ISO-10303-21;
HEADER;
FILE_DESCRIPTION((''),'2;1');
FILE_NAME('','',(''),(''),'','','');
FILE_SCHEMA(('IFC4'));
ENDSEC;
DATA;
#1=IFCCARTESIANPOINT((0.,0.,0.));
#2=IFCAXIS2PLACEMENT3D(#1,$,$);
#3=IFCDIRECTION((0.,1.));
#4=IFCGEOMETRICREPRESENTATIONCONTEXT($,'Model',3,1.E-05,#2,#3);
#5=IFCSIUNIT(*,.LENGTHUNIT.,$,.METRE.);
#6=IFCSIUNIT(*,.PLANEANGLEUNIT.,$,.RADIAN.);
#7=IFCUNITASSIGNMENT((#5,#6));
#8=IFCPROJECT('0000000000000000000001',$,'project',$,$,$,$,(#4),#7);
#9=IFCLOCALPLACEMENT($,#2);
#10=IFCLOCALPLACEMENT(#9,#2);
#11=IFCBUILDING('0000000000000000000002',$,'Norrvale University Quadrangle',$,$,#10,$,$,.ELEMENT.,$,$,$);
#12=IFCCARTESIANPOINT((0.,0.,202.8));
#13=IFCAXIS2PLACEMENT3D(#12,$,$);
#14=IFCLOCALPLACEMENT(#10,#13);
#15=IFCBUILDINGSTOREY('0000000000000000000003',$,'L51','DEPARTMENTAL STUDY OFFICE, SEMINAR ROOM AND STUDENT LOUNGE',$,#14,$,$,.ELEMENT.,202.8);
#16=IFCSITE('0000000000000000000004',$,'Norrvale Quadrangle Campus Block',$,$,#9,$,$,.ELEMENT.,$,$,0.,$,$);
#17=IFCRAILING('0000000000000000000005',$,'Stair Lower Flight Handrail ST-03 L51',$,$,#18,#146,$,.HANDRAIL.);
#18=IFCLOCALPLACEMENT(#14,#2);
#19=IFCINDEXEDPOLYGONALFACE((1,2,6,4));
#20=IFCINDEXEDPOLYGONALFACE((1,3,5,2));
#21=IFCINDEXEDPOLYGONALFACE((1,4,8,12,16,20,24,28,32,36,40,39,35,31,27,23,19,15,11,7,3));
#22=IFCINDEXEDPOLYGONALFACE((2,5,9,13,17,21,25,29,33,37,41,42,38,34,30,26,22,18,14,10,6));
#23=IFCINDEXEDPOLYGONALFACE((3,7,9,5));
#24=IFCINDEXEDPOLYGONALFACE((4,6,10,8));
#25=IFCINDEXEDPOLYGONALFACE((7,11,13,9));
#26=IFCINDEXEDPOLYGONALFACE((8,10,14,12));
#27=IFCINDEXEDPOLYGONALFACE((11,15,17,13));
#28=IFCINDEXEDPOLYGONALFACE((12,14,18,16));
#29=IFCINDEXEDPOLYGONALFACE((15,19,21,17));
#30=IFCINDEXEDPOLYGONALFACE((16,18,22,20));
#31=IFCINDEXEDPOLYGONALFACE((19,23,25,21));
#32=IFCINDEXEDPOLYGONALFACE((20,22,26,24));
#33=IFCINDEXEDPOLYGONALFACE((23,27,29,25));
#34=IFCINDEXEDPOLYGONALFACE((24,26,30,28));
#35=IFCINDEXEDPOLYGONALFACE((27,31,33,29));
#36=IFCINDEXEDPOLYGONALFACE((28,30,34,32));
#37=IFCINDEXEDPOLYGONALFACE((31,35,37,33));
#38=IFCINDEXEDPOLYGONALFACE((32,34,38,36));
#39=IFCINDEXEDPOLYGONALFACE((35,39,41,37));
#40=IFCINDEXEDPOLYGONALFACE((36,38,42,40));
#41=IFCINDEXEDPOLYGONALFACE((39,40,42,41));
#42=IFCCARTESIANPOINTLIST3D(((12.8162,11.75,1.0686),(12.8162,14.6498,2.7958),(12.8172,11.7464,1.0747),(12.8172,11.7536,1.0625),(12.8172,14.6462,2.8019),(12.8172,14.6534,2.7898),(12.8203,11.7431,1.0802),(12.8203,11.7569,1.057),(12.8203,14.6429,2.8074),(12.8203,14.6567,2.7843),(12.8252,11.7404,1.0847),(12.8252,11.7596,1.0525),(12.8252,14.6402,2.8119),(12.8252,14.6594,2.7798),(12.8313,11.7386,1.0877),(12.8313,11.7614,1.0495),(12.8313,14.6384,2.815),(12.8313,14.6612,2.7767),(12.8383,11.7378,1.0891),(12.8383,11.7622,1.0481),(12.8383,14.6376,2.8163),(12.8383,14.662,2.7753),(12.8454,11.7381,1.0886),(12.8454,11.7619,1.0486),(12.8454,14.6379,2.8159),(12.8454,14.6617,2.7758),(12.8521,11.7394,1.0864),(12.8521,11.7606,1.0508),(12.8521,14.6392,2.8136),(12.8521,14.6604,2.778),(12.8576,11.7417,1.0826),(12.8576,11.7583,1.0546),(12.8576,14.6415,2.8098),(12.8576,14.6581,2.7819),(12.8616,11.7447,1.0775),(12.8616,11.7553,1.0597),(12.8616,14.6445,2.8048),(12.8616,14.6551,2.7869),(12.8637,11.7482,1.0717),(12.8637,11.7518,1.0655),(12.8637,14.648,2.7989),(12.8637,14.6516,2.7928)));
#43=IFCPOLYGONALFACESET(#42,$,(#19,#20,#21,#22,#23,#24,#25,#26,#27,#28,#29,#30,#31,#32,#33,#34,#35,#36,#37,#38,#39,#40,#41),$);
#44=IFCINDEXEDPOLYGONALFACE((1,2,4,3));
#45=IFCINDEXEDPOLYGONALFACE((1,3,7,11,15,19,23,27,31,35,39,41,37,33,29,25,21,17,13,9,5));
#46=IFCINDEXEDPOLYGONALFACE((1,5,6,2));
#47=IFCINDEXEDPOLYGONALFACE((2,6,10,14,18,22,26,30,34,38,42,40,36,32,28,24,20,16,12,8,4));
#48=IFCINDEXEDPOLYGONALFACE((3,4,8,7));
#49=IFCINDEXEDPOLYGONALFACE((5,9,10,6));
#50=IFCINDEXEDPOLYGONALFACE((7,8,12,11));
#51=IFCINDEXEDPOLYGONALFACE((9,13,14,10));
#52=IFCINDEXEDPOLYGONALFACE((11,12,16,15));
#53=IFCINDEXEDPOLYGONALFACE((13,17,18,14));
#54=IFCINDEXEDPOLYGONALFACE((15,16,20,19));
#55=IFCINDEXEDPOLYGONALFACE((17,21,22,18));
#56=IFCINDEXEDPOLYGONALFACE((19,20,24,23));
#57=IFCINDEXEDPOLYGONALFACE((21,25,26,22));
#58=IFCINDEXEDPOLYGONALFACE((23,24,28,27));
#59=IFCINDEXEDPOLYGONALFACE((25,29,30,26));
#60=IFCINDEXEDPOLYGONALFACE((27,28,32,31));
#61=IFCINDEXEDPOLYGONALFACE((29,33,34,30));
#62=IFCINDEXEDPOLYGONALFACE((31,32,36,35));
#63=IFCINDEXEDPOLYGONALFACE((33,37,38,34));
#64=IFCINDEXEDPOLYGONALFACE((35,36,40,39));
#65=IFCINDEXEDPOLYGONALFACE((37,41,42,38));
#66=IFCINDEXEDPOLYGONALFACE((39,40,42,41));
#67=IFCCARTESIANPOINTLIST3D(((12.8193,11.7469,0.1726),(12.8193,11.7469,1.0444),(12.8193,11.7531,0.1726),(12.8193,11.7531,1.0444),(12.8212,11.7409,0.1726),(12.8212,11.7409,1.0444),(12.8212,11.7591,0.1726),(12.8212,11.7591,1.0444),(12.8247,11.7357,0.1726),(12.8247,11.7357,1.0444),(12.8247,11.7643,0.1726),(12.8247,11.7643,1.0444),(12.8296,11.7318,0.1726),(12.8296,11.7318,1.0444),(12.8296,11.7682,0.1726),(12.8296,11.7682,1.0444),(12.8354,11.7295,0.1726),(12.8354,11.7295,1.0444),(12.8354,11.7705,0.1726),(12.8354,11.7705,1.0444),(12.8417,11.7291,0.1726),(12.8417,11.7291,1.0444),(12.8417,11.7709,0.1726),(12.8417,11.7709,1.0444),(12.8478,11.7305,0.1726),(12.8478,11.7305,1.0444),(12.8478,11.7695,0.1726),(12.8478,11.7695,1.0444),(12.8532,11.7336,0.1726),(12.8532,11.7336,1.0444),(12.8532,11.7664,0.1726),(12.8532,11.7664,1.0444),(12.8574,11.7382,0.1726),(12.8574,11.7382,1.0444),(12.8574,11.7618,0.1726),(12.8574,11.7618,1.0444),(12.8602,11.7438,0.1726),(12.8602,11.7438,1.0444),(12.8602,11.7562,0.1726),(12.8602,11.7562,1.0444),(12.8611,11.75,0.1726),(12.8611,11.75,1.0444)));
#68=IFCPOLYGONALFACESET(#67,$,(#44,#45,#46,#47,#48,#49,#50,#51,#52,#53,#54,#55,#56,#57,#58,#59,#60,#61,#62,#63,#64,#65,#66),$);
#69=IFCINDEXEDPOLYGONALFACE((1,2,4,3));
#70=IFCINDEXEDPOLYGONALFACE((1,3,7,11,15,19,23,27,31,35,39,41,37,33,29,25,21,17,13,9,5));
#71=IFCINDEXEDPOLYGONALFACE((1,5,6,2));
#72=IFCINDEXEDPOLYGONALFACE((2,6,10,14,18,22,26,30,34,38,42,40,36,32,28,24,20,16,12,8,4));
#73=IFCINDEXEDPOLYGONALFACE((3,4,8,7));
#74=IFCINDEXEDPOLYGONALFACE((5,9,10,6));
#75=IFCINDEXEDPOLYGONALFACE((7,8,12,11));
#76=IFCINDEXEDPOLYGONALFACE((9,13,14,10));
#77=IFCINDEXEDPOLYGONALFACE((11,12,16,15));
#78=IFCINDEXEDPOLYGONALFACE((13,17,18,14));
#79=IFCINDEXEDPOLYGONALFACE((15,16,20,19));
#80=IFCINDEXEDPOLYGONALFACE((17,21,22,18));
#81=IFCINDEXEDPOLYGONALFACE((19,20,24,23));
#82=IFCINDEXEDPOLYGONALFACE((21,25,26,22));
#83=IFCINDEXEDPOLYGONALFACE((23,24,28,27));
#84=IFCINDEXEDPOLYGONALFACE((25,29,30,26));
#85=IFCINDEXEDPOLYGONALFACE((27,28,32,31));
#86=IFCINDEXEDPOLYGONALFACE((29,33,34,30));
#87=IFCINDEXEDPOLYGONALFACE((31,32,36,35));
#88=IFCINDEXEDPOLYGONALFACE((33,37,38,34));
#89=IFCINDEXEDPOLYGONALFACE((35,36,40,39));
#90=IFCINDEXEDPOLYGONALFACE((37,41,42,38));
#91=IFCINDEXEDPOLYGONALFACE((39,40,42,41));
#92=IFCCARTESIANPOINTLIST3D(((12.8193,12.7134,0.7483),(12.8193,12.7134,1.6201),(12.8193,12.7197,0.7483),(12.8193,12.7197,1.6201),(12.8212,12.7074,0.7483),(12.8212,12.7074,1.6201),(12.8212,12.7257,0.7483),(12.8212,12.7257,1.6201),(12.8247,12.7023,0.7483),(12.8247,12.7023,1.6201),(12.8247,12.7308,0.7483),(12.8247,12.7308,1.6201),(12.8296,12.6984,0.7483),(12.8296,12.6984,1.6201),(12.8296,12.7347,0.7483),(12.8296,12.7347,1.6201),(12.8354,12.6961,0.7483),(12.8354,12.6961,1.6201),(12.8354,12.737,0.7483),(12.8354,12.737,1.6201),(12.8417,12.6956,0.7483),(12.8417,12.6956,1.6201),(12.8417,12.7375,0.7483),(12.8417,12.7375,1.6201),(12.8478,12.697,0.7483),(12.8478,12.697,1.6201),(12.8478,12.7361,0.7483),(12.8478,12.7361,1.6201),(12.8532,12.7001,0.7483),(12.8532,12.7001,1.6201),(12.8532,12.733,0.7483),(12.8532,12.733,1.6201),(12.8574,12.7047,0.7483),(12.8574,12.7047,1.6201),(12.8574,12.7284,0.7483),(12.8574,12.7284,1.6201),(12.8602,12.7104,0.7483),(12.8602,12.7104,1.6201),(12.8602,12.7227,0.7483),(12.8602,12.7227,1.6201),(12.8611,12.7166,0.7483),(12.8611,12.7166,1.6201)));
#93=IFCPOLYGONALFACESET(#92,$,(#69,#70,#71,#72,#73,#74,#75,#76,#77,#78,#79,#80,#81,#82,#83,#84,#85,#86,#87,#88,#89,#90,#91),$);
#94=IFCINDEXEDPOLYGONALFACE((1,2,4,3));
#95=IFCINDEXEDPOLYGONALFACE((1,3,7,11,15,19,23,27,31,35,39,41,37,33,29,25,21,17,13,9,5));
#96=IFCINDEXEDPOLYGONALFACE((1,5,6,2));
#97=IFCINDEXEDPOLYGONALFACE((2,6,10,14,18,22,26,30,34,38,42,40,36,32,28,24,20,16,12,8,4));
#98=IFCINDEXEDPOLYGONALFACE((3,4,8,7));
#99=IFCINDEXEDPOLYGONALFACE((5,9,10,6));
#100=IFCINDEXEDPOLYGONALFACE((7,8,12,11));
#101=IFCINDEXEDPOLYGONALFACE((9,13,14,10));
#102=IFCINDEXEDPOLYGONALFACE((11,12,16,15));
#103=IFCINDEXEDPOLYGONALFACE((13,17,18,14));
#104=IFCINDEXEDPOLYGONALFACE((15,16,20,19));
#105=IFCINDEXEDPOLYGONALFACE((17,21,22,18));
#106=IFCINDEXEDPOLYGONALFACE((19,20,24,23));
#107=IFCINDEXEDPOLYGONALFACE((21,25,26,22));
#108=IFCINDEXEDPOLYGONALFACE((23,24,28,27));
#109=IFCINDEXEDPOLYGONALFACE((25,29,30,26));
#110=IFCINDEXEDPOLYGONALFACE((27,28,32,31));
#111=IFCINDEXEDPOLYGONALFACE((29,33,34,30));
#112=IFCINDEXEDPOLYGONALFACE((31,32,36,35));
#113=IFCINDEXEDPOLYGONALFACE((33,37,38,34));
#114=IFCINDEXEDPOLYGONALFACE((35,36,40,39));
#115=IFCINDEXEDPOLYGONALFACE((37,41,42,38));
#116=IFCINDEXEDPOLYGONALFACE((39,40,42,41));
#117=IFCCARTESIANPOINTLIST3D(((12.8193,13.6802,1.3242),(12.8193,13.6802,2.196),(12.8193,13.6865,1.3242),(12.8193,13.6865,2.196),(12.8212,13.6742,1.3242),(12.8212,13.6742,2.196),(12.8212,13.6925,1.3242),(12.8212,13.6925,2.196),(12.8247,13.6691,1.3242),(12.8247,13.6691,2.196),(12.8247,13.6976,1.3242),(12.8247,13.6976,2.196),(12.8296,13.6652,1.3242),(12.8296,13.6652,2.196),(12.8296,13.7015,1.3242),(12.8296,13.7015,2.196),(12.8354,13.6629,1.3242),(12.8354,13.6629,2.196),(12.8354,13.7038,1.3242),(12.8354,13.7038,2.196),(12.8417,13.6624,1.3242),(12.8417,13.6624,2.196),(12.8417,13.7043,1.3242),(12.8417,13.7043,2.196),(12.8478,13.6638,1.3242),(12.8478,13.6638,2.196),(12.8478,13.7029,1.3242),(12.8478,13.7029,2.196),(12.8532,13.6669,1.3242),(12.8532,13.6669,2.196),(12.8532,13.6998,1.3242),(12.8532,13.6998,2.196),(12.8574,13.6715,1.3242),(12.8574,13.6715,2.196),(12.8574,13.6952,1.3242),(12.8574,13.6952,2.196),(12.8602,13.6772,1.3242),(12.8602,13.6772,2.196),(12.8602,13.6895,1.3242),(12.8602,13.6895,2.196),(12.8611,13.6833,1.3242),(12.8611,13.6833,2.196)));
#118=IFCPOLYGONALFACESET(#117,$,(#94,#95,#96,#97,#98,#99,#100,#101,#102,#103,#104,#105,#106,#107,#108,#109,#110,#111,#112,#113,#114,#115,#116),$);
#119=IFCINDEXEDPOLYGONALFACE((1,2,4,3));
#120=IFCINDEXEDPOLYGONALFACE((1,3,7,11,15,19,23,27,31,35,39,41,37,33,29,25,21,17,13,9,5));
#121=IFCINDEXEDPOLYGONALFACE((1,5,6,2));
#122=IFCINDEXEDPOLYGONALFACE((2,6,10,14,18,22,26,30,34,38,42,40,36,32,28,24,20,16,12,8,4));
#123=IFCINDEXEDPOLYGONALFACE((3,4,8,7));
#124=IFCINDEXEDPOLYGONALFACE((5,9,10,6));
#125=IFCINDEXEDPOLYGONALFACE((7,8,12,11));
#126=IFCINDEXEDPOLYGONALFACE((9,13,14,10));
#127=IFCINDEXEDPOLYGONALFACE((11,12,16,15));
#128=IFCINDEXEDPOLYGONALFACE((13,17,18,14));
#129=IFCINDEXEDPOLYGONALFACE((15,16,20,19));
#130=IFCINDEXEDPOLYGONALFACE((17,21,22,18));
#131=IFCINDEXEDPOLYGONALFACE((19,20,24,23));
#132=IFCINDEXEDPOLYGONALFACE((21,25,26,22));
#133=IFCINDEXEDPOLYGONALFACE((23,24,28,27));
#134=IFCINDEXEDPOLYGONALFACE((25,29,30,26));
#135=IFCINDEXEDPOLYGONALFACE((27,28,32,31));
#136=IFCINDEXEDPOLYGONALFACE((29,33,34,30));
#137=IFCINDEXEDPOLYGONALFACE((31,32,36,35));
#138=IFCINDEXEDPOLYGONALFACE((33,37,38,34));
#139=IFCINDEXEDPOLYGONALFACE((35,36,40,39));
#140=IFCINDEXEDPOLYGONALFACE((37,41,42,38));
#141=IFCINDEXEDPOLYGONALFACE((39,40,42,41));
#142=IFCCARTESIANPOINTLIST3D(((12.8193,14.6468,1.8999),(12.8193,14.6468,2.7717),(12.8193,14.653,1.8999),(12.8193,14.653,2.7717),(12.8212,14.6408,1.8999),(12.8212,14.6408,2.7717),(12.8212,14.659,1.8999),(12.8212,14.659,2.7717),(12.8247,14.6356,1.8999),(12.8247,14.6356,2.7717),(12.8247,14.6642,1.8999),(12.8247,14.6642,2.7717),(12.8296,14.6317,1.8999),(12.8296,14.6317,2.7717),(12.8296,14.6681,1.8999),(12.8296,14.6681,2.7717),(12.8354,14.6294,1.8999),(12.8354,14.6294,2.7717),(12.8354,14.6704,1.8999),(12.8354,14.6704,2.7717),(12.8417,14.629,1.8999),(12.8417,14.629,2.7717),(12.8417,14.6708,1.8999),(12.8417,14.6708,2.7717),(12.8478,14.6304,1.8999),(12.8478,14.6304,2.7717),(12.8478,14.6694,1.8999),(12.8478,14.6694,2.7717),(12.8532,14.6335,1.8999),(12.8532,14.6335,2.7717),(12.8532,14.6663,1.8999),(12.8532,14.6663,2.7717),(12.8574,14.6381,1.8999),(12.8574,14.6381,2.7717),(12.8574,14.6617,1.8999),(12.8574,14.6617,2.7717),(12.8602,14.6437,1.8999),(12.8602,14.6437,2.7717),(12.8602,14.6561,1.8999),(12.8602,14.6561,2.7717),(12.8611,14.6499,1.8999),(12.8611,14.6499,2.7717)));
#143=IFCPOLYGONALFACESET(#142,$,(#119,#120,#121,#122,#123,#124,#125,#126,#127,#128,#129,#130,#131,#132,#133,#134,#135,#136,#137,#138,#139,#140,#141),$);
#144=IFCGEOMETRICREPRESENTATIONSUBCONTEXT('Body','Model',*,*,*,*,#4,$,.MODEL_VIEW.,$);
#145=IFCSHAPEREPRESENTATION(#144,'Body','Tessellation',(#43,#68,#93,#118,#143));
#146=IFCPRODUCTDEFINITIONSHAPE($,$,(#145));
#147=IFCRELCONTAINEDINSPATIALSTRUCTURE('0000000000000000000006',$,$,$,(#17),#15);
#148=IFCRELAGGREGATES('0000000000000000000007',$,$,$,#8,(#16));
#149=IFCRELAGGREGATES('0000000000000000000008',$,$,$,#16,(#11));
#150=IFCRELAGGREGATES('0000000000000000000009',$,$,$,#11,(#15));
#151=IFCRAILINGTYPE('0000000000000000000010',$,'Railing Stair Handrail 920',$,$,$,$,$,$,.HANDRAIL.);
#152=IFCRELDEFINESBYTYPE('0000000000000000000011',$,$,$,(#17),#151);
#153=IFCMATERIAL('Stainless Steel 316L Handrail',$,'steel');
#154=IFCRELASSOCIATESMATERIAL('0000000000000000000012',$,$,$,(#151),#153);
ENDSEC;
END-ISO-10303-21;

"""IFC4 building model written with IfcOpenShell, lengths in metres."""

from ifc_helpers import new_model, si_unit, direction, frame, origin, origin_2d, place, context, subcontext, project, spatial, circle, extrude, material, type_object, element, save


model = new_model("IFC4")

# Units and contexts
model_context = context("Model", 3, precision=1e-05, world=origin(), true_north=direction((0.0, 1.0)))
body_context = subcontext(model_context, "Body", "Model", "MODEL_VIEW")
ifc_project = project(units=[si_unit("LENGTHUNIT", "METRE"), si_unit("PLANEANGLEUNIT", "RADIAN")], contexts=[model_context])

# Site, building, storey
site_placement = place(None, origin())
site = spatial("IfcSite", under=ifc_project, at=site_placement, Name="Norrvale Quadrangle Campus Block", CompositionType="ELEMENT", RefElevation=0.0)
building_placement = place(site_placement, origin())
building = spatial("IfcBuilding", under=site, at=building_placement, Name="Norrvale University Quadrangle", CompositionType="ELEMENT")
storey_placement = place(building_placement, frame((0.0, 0.0, 202.8)))
storey = spatial("IfcBuildingStorey", under=building, at=storey_placement, Name="L51", Description="DEPARTMENTAL STUDY OFFICE, SEMINAR ROOM AND STUDENT LOUNGE", CompositionType="ELEMENT", Elevation=202.8)

# Railing
ifc_material_1 = material(Name="Stainless Steel 316L Handrail", Category="steel")
railing_type_1 = type_object("IfcRailingType", Name="Railing Stair Handrail 920", PredefinedType="HANDRAIL", material=ifc_material_1)
railing_1_placement = place(storey_placement, frame((12.8401, 11.75, 0.1726)))
element("IfcRailing", 1, at=railing_1_placement, inside=storey, type_object=railing_type_1, Name="Stair Lower Flight Handrail ST-03 L51", PredefinedType="HANDRAIL", context=body_context, shape_type="SweptSolid", body=[
    extrude(circle(Radius=0.0239, at=origin_2d()), frame((0.0, 0.0, 0.896), z_axis=(0.0, 0.859141, 0.511738), x_axis=(-1.0, 0.0, 0.0)), (0.0, 0.0, 1.0), 3.3752),
    extrude(circle(Radius=0.021, at=origin_2d()), origin(), (0.0, 0.0, 1.0), 0.8718),
    extrude(circle(Radius=0.021, at=origin_2d()), frame((0.0, 0.9666, 0.5757)), (0.0, 0.0, 1.0), 0.8718),
    extrude(circle(Radius=0.021, at=origin_2d()), frame((0.0, 1.9333, 1.1516)), (0.0, 0.0, 1.0), 0.8718),
    extrude(circle(Radius=0.021, at=origin_2d()), frame((0.0, 2.8999, 1.7273)), (0.0, 0.0, 1.0), 0.8718),
])

save(model, "model.ifc")
